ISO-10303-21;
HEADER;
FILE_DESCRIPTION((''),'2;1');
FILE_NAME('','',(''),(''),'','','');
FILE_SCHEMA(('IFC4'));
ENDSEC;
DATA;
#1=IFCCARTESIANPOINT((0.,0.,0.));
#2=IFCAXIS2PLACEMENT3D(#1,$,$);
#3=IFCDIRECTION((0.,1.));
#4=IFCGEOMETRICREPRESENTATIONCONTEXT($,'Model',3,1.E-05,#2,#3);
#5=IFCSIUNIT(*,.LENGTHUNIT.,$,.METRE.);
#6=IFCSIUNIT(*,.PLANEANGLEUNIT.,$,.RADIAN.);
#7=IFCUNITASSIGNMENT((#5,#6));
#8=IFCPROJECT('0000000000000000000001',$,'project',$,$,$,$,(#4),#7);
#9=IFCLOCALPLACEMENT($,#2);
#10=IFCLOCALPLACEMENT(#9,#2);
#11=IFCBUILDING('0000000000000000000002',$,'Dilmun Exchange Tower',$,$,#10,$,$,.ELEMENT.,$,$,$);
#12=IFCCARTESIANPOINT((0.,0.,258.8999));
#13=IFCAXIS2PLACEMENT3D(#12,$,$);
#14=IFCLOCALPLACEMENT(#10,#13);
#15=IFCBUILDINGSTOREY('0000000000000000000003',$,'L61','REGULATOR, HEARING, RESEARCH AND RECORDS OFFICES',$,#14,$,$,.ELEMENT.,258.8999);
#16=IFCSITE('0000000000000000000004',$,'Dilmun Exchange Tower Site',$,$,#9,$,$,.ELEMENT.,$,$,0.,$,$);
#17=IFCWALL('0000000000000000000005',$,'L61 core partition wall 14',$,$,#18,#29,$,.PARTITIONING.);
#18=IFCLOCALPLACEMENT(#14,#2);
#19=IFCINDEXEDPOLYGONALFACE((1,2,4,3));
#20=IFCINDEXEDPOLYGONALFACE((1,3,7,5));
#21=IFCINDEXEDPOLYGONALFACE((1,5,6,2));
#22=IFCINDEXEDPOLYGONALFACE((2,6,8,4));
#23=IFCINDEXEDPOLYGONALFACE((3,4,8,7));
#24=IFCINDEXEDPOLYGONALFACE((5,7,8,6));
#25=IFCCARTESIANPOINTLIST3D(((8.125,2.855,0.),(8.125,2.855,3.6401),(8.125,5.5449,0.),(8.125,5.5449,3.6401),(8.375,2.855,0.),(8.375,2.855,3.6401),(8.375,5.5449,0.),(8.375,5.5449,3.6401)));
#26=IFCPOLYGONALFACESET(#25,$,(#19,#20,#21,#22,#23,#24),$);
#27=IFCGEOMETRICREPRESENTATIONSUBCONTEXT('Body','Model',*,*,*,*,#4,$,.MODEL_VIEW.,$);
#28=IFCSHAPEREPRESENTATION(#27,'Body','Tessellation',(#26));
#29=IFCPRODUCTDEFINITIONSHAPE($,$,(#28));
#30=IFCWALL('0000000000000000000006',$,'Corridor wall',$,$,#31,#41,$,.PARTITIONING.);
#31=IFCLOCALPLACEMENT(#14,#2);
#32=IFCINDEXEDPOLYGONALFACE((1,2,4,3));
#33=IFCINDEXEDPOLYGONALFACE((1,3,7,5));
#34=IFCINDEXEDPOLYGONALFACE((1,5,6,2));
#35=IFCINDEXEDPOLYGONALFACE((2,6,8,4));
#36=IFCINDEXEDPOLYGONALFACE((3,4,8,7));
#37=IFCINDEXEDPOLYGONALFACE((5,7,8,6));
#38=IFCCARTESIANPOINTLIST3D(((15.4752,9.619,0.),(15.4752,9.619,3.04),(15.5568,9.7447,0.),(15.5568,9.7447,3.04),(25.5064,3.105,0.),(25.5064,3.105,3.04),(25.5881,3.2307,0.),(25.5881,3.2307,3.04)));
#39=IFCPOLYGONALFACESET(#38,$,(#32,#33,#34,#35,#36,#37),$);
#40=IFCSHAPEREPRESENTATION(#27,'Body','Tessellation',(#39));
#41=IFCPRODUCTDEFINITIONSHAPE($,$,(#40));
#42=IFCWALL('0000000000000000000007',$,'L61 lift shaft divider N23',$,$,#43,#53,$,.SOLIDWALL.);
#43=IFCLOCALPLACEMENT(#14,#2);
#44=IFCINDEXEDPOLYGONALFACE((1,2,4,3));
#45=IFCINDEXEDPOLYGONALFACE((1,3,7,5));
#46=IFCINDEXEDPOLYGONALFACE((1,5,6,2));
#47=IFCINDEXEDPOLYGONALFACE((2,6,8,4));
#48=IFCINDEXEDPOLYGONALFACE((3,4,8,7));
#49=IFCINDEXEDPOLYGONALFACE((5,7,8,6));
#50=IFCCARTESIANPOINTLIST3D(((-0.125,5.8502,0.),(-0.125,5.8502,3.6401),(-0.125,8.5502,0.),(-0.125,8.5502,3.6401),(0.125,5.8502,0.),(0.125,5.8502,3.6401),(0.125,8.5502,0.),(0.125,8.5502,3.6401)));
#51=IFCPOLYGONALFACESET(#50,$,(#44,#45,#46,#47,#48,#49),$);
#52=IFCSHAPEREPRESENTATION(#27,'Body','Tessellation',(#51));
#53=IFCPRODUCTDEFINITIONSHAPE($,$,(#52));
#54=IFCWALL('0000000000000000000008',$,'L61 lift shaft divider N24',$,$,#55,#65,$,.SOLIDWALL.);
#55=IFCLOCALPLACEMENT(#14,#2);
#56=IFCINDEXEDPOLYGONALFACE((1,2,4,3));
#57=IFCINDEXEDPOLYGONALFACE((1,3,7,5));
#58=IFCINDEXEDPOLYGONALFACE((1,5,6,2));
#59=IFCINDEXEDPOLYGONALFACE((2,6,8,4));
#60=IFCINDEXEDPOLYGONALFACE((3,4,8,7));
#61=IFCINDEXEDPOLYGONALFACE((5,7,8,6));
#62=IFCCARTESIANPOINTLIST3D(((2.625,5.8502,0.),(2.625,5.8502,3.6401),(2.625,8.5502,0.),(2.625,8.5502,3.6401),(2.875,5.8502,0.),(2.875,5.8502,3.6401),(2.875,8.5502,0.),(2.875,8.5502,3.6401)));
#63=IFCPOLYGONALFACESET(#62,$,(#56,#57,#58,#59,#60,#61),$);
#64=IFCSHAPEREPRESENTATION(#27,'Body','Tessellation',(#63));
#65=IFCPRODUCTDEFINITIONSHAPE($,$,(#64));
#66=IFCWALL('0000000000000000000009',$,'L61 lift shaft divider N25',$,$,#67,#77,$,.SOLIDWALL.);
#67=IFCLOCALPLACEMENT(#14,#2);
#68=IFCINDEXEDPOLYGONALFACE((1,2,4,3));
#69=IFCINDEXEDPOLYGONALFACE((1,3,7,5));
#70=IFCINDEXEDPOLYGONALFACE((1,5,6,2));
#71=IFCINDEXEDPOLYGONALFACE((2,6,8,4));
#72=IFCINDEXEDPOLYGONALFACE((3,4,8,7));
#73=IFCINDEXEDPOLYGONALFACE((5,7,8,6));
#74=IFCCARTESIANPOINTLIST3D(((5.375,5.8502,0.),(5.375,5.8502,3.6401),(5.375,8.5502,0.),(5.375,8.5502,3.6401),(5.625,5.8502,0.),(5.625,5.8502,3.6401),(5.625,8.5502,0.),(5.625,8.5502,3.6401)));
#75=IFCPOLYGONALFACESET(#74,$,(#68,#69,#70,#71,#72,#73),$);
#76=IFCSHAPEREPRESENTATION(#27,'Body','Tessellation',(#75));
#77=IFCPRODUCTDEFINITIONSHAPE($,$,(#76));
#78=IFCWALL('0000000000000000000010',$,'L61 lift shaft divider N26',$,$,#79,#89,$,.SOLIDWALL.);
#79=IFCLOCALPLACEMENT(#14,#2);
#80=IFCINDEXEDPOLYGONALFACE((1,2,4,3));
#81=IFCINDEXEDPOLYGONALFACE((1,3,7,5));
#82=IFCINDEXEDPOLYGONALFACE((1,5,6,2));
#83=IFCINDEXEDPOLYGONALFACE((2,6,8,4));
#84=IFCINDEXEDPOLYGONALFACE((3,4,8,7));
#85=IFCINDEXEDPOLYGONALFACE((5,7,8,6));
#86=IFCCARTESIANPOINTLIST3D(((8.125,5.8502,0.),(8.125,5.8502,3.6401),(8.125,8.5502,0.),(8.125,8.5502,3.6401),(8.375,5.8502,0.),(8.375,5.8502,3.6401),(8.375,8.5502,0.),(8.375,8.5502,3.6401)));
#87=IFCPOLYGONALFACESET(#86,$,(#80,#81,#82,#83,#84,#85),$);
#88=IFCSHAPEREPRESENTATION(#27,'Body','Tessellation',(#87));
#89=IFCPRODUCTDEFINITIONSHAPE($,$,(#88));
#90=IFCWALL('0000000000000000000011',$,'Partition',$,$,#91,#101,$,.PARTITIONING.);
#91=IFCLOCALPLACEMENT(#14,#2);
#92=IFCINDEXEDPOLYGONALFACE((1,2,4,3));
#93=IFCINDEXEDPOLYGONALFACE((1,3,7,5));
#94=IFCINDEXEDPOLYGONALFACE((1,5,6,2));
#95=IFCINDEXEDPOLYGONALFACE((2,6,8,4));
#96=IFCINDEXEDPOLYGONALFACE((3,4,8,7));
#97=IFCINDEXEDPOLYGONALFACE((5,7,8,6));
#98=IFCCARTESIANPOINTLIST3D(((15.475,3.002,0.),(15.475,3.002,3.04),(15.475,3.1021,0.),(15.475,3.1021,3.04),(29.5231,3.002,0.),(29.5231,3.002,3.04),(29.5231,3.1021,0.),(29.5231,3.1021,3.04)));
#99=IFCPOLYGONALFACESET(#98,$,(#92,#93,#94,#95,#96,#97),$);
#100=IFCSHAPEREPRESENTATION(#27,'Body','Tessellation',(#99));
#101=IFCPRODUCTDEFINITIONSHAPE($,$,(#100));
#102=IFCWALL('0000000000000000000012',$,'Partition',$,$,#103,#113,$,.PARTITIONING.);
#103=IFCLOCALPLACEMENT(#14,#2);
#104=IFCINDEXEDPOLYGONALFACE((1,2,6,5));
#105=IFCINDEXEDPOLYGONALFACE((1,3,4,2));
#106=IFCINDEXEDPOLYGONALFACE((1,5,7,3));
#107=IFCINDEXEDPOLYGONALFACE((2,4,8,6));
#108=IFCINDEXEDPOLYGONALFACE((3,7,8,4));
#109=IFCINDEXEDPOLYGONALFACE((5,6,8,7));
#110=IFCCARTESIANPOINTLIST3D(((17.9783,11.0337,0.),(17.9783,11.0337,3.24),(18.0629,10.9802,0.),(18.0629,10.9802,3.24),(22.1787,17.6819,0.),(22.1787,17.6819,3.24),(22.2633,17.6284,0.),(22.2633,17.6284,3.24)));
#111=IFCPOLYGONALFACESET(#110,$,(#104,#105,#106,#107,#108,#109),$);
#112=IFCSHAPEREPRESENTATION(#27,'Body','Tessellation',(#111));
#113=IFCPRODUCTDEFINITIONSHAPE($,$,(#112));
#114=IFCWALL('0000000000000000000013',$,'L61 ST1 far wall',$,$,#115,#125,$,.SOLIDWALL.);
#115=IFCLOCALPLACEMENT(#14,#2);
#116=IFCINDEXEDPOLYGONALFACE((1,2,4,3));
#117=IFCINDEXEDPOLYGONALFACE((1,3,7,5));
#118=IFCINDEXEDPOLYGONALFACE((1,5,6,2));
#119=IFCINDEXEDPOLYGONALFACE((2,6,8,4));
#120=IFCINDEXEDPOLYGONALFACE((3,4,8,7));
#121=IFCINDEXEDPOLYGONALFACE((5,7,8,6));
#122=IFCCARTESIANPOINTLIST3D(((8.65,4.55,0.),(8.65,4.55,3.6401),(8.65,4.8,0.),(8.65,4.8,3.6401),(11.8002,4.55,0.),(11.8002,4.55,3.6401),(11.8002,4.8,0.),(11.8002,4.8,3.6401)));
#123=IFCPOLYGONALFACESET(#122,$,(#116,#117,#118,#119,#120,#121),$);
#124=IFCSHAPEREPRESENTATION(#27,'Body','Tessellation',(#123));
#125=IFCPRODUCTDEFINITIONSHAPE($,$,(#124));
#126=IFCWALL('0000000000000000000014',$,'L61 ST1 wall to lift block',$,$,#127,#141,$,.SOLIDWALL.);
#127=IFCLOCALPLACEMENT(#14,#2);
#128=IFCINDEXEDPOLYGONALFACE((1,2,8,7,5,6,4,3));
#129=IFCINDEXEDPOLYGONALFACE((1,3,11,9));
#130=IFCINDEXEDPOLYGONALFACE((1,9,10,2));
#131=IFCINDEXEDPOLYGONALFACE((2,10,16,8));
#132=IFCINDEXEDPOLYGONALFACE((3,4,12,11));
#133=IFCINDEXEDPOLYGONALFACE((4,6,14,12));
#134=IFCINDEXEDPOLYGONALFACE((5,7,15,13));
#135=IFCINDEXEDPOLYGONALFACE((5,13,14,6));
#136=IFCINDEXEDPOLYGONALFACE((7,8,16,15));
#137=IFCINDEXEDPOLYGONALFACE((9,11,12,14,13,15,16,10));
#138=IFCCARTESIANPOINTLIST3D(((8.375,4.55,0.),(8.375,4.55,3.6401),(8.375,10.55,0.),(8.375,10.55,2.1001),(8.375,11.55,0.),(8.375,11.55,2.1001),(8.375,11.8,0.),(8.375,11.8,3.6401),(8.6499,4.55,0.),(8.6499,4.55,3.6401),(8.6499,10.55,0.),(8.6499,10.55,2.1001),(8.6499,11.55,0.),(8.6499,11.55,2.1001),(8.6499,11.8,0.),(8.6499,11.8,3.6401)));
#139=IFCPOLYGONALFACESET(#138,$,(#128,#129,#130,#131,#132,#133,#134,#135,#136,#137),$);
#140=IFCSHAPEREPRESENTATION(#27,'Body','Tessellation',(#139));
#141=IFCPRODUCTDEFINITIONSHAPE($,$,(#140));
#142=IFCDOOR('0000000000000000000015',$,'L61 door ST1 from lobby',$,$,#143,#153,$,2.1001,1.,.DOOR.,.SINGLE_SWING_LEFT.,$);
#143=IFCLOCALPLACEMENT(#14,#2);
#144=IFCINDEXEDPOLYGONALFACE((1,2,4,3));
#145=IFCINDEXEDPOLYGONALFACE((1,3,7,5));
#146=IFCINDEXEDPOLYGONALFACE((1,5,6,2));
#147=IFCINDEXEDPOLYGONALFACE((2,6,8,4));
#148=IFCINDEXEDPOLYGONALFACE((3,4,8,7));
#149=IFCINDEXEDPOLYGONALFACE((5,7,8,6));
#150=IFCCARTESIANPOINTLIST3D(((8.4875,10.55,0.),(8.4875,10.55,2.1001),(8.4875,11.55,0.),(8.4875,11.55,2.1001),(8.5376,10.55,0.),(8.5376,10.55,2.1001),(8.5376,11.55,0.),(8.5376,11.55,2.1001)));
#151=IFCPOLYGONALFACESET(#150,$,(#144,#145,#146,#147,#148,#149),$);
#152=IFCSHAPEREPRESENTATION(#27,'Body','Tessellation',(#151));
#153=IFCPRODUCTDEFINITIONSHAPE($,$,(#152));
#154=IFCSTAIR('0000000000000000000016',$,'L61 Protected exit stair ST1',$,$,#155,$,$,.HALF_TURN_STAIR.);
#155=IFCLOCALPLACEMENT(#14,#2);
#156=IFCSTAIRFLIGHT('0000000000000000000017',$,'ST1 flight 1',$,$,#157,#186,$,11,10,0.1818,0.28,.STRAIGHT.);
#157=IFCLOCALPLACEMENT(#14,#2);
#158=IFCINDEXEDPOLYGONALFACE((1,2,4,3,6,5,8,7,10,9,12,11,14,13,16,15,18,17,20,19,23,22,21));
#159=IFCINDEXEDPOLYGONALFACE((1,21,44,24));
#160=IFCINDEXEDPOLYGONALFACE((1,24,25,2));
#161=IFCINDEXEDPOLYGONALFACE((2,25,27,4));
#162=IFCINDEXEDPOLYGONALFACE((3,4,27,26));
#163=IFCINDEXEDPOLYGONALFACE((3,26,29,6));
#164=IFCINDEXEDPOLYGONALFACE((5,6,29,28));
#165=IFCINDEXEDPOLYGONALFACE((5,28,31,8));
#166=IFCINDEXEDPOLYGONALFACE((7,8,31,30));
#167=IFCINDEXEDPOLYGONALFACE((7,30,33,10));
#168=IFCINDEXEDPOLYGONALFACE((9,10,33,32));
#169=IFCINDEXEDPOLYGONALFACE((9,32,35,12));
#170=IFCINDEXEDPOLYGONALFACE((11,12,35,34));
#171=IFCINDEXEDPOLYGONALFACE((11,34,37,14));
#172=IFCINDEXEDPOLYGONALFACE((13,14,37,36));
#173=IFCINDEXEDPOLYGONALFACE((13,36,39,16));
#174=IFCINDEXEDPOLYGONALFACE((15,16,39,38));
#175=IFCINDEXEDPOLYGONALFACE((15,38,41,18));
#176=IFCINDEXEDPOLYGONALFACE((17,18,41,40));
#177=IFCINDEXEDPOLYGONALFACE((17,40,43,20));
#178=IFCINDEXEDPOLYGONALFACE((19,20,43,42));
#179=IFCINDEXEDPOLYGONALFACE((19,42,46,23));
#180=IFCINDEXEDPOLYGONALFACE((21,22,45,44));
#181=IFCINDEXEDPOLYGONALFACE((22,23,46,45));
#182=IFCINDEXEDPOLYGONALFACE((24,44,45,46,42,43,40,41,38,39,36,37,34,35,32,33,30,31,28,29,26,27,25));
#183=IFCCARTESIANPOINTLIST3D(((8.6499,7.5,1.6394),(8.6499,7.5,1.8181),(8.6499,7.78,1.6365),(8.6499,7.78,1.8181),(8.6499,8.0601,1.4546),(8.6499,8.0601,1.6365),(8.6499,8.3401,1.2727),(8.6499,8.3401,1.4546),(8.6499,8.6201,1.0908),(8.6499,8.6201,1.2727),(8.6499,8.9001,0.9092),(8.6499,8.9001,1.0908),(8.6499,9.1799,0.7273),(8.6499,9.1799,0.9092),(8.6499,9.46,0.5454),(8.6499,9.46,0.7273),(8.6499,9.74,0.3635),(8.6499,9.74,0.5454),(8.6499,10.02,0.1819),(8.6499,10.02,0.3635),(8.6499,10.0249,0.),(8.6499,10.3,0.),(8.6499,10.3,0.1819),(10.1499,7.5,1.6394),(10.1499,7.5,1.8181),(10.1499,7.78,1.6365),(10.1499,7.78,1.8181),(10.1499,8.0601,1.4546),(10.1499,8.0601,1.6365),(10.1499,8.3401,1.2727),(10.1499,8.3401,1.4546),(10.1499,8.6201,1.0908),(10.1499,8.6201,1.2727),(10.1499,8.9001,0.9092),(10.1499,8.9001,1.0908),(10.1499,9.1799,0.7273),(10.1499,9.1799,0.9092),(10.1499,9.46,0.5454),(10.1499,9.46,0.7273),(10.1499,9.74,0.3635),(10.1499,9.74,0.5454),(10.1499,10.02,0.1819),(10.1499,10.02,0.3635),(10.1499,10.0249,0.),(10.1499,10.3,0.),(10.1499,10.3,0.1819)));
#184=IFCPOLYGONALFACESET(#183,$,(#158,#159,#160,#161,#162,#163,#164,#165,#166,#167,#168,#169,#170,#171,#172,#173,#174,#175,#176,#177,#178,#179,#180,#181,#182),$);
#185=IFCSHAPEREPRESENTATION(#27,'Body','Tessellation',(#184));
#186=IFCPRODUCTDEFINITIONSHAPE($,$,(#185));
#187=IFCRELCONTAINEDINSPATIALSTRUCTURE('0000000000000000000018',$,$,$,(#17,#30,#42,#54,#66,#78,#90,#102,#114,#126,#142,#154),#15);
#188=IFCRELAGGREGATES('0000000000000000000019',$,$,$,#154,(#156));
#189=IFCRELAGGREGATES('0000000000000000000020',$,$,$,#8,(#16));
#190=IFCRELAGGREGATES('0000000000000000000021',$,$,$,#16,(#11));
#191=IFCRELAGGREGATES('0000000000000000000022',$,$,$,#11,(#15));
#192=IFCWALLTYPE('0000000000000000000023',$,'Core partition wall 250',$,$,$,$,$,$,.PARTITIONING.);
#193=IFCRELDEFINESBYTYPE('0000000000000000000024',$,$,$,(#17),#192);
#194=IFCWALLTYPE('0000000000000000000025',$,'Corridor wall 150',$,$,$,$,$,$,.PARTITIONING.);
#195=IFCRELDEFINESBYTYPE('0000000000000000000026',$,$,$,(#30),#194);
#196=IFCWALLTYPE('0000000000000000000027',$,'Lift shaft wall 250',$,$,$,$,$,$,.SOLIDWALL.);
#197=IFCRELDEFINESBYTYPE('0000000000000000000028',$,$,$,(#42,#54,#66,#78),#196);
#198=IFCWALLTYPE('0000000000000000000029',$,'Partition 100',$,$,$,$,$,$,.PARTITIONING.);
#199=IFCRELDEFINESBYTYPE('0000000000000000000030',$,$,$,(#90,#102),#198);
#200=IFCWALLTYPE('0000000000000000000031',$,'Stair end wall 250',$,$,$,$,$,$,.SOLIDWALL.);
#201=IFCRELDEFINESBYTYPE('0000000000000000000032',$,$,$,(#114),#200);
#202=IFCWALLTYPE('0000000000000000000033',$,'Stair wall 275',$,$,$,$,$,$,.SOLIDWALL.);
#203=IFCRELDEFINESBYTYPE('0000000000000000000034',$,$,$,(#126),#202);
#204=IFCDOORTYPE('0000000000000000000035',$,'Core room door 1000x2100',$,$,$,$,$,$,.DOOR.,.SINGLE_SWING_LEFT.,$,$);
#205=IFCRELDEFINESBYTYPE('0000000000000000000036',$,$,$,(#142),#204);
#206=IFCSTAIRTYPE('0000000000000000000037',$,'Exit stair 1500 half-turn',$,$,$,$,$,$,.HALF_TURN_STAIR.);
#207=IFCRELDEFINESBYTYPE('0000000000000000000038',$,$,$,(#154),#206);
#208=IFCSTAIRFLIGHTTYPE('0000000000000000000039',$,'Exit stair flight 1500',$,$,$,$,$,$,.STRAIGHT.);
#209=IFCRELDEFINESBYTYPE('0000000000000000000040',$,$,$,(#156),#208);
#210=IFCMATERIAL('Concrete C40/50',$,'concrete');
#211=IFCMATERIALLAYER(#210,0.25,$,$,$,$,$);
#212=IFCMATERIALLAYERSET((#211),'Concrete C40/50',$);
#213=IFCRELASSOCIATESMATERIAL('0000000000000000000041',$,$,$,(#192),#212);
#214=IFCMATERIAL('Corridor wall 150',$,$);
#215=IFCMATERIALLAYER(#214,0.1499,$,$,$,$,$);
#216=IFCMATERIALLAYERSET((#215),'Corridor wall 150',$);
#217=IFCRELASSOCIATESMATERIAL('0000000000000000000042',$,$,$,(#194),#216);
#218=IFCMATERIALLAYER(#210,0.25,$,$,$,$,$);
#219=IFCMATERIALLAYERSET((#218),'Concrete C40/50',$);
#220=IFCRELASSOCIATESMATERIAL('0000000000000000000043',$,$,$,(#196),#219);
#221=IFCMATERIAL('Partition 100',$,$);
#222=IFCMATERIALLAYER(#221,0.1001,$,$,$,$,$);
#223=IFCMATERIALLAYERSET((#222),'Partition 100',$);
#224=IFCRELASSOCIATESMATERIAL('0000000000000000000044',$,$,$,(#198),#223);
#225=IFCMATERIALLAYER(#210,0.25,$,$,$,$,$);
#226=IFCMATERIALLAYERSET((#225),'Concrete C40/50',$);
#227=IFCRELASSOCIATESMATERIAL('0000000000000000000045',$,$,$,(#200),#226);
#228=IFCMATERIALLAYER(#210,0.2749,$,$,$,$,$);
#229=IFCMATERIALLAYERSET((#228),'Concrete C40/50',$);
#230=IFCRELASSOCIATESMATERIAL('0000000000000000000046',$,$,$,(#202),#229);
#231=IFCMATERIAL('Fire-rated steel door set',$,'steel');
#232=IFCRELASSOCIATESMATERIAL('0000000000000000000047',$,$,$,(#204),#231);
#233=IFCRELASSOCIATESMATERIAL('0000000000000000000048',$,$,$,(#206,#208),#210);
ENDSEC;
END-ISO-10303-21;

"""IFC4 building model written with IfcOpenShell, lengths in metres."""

from ifc_helpers import new_model, si_unit, direction, frame, frame_2d, origin, place, context, subcontext, project, spatial, polyline, rectangle, outline, extrude, material, layer, layer_set, type_object, element, fill, aggregate, save


model = new_model("IFC4")

# Units and contexts
model_context = context("Model", 3, precision=1e-05, world=origin(), true_north=direction((0.0, 1.0)))
body_context = subcontext(model_context, "Body", "Model", "MODEL_VIEW")
ifc_project = project(units=[si_unit("LENGTHUNIT", "METRE"), si_unit("PLANEANGLEUNIT", "RADIAN")], contexts=[model_context])

# Site, building, storey
site_placement = place(None, origin())
site = spatial("IfcSite", under=ifc_project, at=site_placement, Name="Dilmun Exchange Tower Site", CompositionType="ELEMENT", RefElevation=0.0)
building_placement = place(site_placement, origin())
building = spatial("IfcBuilding", under=site, at=building_placement, Name="Dilmun Exchange Tower", CompositionType="ELEMENT")
storey_placement = place(building_placement, frame((0.0, 0.0, 258.8999)))
storey = spatial("IfcBuildingStorey", under=building, at=storey_placement, Name="L61", Description="REGULATOR, HEARING, RESEARCH AND RECORDS OFFICES", CompositionType="ELEMENT", Elevation=258.8999)

# Walls
ifc_material_1 = material(Name="Concrete C40/50", Category="concrete")
ifc_layer_1 = layer(ifc_material_1, 0.25)
ifc_layer_set_1 = layer_set([ifc_layer_1], Name="Concrete C40/50")
wall_type_1 = type_object("IfcWallType", Name="Core partition wall 250", PredefinedType="PARTITIONING", material=ifc_layer_set_1)
wall_1_placement = place(storey_placement, frame((8.25, 2.855, 0.0), z_axis=(0.0, 0.0, 1.0), x_axis=(0.0, 1.0, 0.0)))
element("IfcWall", 1, at=wall_1_placement, inside=storey, type_object=wall_type_1, Name="L61 core partition wall 14", PredefinedType="PARTITIONING", context=body_context, shape_type="SweptSolid", body=[
    extrude(rectangle(XDim=2.6899, YDim=0.25, at=frame_2d((1.345, 0.0))), origin(), (0.0, 0.0, 1.0), 3.6401),
])
ifc_material_2 = material(Name="Corridor wall 150")
ifc_layer_2 = layer(ifc_material_2, 0.1499)
ifc_layer_set_2 = layer_set([ifc_layer_2], Name="Corridor wall 150")
wall_type_2 = type_object("IfcWallType", Name="Corridor wall 150", PredefinedType="PARTITIONING", material=ifc_layer_set_2)
wall_2_placement = place(storey_placement, frame((15.5159, 9.6819, 0.0), z_axis=(0.0, 0.0, 1.0), x_axis=(0.838688, -0.544612, 0.0)))
element("IfcWall", 2, at=wall_2_placement, inside=storey, type_object=wall_type_2, Name="Corridor wall", PredefinedType="PARTITIONING", context=body_context, shape_type="SweptSolid", body=[
    extrude(rectangle(XDim=11.9607, YDim=0.1499, at=frame_2d((5.9805, 0.0))), origin(), (0.0, 0.0, 1.0), 3.04),
])
ifc_layer_3 = layer(ifc_material_1, 0.25)
ifc_layer_set_3 = layer_set([ifc_layer_3], Name="Concrete C40/50")
wall_type_3 = type_object("IfcWallType", Name="Lift shaft wall 250", PredefinedType="SOLIDWALL", material=ifc_layer_set_3)
for number, where, z_axis, x_axis, name in (
    (3, (0.0, 5.8501, 0.0), (0.0, 0.0, 1.0), (0.0, 1.0, 0.0), "L61 lift shaft divider N23"),
    (4, (2.75, 5.8501, 0.0), (0.0, 0.0, 1.0), (0.0, 1.0, 0.0), "L61 lift shaft divider N24"),
    (5, (5.5, 5.8501, 0.0), (0.0, 0.0, 1.0), (0.0, 1.0, 0.0), "L61 lift shaft divider N25"),
    (6, (8.25, 5.8501, 0.0), (0.0, 0.0, 1.0), (0.0, 1.0, 0.0), "L61 lift shaft divider N26"),
):
    element("IfcWall", number, at=place(storey_placement, frame(where, z_axis=z_axis, x_axis=x_axis)), inside=storey, type_object=wall_type_3, Name=name, PredefinedType="SOLIDWALL", context=body_context, shape_type="SweptSolid", body=[
        extrude(rectangle(XDim=2.7, YDim=0.25, at=frame_2d((1.3501, 0.0))), origin(), (0.0, 0.0, 1.0), 3.6401),
    ])
ifc_material_3 = material(Name="Partition 100")
ifc_layer_4 = layer(ifc_material_3, 0.1001)
ifc_layer_set_4 = layer_set([ifc_layer_4], Name="Partition 100")
wall_type_4 = type_object("IfcWallType", Name="Partition 100", PredefinedType="PARTITIONING", material=ifc_layer_set_4)
wall_3_placement = place(storey_placement, frame((15.4751, 3.052, 0.0), z_axis=(0.0, 0.0, 1.0), x_axis=(1.0, 0.0, 0.0)))
element("IfcWall", 7, at=wall_3_placement, inside=storey, type_object=wall_type_4, Name="Partition", PredefinedType="PARTITIONING", context=body_context, shape_type="SweptSolid", body=[
    extrude(rectangle(XDim=14.0481, YDim=0.1001, at=frame_2d((7.0239, 0.0))), origin(), (0.0, 0.0, 1.0), 3.04),
])
wall_4_placement = place(storey_placement, frame((18.0205, 11.0068, 0.0), z_axis=(0.0, 0.0, 1.0), x_axis=(0.534137, 0.845398, 0.0)))
element("IfcWall", 8, at=wall_4_placement, inside=storey, type_object=wall_type_4, Name="Partition", PredefinedType="PARTITIONING", context=body_context, shape_type="SweptSolid", body=[
    extrude(rectangle(XDim=7.864, YDim=0.1001, at=frame_2d((3.9321, 0.0))), origin(), (0.0, 0.0, 1.0), 3.24),
])
ifc_layer_5 = layer(ifc_material_1, 0.25)
ifc_layer_set_5 = layer_set([ifc_layer_5], Name="Concrete C40/50")
wall_type_5 = type_object("IfcWallType", Name="Stair end wall 250", PredefinedType="SOLIDWALL", material=ifc_layer_set_5)
wall_5_placement = place(storey_placement, frame((8.6499, 4.675, 0.0), z_axis=(0.0, 0.0, 1.0), x_axis=(1.0, 0.0, 0.0)))
element("IfcWall", 9, at=wall_5_placement, inside=storey, type_object=wall_type_5, Name="L61 ST1 far wall", PredefinedType="SOLIDWALL", context=body_context, shape_type="SweptSolid", body=[
    extrude(rectangle(XDim=3.1501, YDim=0.25, at=frame_2d((1.5752, 0.0))), origin(), (0.0, 0.0, 1.0), 3.6401),
])

# Wall, opening, door
ifc_layer_6 = layer(ifc_material_1, 0.2749)
ifc_layer_set_6 = layer_set([ifc_layer_6], Name="Concrete C40/50")
wall_type_6 = type_object("IfcWallType", Name="Stair wall 275", PredefinedType="SOLIDWALL", material=ifc_layer_set_6)
wall_6_placement = place(storey_placement, frame((8.5125, 4.55, 0.0), z_axis=(0.0, 0.0, 1.0), x_axis=(0.0, 1.0, 0.0)))
wall_6 = element("IfcWall", 10, at=wall_6_placement, inside=storey, type_object=wall_type_6, Name="L61 ST1 wall to lift block", PredefinedType="SOLIDWALL", context=body_context, shape_type="SweptSolid", body=[
    extrude(rectangle(XDim=7.25, YDim=0.2749, at=frame_2d((3.625, 0.0))), origin(), (0.0, 0.0, 1.0), 3.6401),
])
opening_placement = place(wall_6_placement, frame((6.0, 0.0, 0.0)))
opening = element("IfcOpeningElement", 11, at=opening_placement, cuts=wall_6, PredefinedType="OPENING", context=body_context, shape_type="SweptSolid", body=[
    extrude(rectangle(XDim=1.0, YDim=2.1001, at=frame_2d((0.5, 1.05))), frame((0.0, 0.1475, 0.0), z_axis=(0.0, -1.0, 0.0), x_axis=(1.0, 0.0, 0.0)), (0.0, 0.0, 1.0), 0.2949),
])
ifc_material_4 = material(Name="Fire-rated steel door set", Category="steel")
door_type = type_object("IfcDoorType", Name="Core room door 1000x2100", OperationType="SINGLE_SWING_LEFT", PredefinedType="DOOR", material=ifc_material_4)
door_placement = place(opening_placement, origin())
door = element("IfcDoor", 12, at=door_placement, inside=storey, type_object=door_type, Name="L61 door ST1 from lobby", OperationType="SINGLE_SWING_LEFT", OverallHeight=2.1001, OverallWidth=1.0, PredefinedType="DOOR", context=body_context, shape_type="SweptSolid", body=[
    extrude(rectangle(XDim=1.0, YDim=2.1001, at=frame_2d((0.5, 1.05))), frame((0.0, 0.0249, 0.0), z_axis=(0.0, -1.0, 0.0), x_axis=(1.0, 0.0, 0.0)), (0.0, 0.0, 1.0), 0.05),
])
fill(opening, door)

# Stair, stair flight
stair_type = type_object("IfcStairType", Name="Exit stair 1500 half-turn", PredefinedType="HALF_TURN_STAIR", material=ifc_material_1)
stair_placement = place(storey_placement, origin())
stair = element("IfcStair", 13, at=stair_placement, inside=storey, type_object=stair_type, Name="L61 Protected exit stair ST1", PredefinedType="HALF_TURN_STAIR")
stair_flight_type = type_object("IfcStairFlightType", Name="Exit stair flight 1500", PredefinedType="STRAIGHT", material=ifc_material_1)
stair_flight_1_placement = place(storey_placement, frame((9.3999, 10.3, 0.0), z_axis=(0.0, 0.0, 1.0), x_axis=(0.0, -1.0, 0.0)))
stair_flight_1 = element("IfcStairFlight", 14, at=stair_flight_1_placement, type_object=stair_flight_type, Name="ST1 flight 1", NumberOfRisers=11, NumberOfTreads=10, PredefinedType="STRAIGHT", RiserHeight=0.1818, TreadLength=0.28, context=body_context, shape_type="SweptSolid", body=[
    extrude(outline(polyline([(0.0, 0.0), (0.0, 0.1819), (0.28, 0.1819), (0.28, 0.3635), (0.5601, 0.3635), (0.5601, 0.5454), (0.8401, 0.5454), (0.8401, 0.7273), (1.1201, 0.7273), (1.1201, 0.9092), (1.3999, 0.9092), (1.3999, 1.0908), (1.6799, 1.0908), (1.6799, 1.2727), (1.96, 1.2727), (1.96, 1.4546), (2.24, 1.4546), (2.24, 1.6365), (2.52, 1.6365), (2.52, 1.8181), (2.8, 1.8181), (2.8, 2.0), (2.8, 1.6394), (0.2751, 0.0), (0.0, 0.0)])), frame((0.0, 0.75, 0.0), z_axis=(0.0, -1.0, 0.0), x_axis=(1.0, 0.0, 0.0)), (0.0, 0.0, 1.0), 1.5),
])
aggregate(stair, [stair_flight_1])

save(model, "model.ifc")
